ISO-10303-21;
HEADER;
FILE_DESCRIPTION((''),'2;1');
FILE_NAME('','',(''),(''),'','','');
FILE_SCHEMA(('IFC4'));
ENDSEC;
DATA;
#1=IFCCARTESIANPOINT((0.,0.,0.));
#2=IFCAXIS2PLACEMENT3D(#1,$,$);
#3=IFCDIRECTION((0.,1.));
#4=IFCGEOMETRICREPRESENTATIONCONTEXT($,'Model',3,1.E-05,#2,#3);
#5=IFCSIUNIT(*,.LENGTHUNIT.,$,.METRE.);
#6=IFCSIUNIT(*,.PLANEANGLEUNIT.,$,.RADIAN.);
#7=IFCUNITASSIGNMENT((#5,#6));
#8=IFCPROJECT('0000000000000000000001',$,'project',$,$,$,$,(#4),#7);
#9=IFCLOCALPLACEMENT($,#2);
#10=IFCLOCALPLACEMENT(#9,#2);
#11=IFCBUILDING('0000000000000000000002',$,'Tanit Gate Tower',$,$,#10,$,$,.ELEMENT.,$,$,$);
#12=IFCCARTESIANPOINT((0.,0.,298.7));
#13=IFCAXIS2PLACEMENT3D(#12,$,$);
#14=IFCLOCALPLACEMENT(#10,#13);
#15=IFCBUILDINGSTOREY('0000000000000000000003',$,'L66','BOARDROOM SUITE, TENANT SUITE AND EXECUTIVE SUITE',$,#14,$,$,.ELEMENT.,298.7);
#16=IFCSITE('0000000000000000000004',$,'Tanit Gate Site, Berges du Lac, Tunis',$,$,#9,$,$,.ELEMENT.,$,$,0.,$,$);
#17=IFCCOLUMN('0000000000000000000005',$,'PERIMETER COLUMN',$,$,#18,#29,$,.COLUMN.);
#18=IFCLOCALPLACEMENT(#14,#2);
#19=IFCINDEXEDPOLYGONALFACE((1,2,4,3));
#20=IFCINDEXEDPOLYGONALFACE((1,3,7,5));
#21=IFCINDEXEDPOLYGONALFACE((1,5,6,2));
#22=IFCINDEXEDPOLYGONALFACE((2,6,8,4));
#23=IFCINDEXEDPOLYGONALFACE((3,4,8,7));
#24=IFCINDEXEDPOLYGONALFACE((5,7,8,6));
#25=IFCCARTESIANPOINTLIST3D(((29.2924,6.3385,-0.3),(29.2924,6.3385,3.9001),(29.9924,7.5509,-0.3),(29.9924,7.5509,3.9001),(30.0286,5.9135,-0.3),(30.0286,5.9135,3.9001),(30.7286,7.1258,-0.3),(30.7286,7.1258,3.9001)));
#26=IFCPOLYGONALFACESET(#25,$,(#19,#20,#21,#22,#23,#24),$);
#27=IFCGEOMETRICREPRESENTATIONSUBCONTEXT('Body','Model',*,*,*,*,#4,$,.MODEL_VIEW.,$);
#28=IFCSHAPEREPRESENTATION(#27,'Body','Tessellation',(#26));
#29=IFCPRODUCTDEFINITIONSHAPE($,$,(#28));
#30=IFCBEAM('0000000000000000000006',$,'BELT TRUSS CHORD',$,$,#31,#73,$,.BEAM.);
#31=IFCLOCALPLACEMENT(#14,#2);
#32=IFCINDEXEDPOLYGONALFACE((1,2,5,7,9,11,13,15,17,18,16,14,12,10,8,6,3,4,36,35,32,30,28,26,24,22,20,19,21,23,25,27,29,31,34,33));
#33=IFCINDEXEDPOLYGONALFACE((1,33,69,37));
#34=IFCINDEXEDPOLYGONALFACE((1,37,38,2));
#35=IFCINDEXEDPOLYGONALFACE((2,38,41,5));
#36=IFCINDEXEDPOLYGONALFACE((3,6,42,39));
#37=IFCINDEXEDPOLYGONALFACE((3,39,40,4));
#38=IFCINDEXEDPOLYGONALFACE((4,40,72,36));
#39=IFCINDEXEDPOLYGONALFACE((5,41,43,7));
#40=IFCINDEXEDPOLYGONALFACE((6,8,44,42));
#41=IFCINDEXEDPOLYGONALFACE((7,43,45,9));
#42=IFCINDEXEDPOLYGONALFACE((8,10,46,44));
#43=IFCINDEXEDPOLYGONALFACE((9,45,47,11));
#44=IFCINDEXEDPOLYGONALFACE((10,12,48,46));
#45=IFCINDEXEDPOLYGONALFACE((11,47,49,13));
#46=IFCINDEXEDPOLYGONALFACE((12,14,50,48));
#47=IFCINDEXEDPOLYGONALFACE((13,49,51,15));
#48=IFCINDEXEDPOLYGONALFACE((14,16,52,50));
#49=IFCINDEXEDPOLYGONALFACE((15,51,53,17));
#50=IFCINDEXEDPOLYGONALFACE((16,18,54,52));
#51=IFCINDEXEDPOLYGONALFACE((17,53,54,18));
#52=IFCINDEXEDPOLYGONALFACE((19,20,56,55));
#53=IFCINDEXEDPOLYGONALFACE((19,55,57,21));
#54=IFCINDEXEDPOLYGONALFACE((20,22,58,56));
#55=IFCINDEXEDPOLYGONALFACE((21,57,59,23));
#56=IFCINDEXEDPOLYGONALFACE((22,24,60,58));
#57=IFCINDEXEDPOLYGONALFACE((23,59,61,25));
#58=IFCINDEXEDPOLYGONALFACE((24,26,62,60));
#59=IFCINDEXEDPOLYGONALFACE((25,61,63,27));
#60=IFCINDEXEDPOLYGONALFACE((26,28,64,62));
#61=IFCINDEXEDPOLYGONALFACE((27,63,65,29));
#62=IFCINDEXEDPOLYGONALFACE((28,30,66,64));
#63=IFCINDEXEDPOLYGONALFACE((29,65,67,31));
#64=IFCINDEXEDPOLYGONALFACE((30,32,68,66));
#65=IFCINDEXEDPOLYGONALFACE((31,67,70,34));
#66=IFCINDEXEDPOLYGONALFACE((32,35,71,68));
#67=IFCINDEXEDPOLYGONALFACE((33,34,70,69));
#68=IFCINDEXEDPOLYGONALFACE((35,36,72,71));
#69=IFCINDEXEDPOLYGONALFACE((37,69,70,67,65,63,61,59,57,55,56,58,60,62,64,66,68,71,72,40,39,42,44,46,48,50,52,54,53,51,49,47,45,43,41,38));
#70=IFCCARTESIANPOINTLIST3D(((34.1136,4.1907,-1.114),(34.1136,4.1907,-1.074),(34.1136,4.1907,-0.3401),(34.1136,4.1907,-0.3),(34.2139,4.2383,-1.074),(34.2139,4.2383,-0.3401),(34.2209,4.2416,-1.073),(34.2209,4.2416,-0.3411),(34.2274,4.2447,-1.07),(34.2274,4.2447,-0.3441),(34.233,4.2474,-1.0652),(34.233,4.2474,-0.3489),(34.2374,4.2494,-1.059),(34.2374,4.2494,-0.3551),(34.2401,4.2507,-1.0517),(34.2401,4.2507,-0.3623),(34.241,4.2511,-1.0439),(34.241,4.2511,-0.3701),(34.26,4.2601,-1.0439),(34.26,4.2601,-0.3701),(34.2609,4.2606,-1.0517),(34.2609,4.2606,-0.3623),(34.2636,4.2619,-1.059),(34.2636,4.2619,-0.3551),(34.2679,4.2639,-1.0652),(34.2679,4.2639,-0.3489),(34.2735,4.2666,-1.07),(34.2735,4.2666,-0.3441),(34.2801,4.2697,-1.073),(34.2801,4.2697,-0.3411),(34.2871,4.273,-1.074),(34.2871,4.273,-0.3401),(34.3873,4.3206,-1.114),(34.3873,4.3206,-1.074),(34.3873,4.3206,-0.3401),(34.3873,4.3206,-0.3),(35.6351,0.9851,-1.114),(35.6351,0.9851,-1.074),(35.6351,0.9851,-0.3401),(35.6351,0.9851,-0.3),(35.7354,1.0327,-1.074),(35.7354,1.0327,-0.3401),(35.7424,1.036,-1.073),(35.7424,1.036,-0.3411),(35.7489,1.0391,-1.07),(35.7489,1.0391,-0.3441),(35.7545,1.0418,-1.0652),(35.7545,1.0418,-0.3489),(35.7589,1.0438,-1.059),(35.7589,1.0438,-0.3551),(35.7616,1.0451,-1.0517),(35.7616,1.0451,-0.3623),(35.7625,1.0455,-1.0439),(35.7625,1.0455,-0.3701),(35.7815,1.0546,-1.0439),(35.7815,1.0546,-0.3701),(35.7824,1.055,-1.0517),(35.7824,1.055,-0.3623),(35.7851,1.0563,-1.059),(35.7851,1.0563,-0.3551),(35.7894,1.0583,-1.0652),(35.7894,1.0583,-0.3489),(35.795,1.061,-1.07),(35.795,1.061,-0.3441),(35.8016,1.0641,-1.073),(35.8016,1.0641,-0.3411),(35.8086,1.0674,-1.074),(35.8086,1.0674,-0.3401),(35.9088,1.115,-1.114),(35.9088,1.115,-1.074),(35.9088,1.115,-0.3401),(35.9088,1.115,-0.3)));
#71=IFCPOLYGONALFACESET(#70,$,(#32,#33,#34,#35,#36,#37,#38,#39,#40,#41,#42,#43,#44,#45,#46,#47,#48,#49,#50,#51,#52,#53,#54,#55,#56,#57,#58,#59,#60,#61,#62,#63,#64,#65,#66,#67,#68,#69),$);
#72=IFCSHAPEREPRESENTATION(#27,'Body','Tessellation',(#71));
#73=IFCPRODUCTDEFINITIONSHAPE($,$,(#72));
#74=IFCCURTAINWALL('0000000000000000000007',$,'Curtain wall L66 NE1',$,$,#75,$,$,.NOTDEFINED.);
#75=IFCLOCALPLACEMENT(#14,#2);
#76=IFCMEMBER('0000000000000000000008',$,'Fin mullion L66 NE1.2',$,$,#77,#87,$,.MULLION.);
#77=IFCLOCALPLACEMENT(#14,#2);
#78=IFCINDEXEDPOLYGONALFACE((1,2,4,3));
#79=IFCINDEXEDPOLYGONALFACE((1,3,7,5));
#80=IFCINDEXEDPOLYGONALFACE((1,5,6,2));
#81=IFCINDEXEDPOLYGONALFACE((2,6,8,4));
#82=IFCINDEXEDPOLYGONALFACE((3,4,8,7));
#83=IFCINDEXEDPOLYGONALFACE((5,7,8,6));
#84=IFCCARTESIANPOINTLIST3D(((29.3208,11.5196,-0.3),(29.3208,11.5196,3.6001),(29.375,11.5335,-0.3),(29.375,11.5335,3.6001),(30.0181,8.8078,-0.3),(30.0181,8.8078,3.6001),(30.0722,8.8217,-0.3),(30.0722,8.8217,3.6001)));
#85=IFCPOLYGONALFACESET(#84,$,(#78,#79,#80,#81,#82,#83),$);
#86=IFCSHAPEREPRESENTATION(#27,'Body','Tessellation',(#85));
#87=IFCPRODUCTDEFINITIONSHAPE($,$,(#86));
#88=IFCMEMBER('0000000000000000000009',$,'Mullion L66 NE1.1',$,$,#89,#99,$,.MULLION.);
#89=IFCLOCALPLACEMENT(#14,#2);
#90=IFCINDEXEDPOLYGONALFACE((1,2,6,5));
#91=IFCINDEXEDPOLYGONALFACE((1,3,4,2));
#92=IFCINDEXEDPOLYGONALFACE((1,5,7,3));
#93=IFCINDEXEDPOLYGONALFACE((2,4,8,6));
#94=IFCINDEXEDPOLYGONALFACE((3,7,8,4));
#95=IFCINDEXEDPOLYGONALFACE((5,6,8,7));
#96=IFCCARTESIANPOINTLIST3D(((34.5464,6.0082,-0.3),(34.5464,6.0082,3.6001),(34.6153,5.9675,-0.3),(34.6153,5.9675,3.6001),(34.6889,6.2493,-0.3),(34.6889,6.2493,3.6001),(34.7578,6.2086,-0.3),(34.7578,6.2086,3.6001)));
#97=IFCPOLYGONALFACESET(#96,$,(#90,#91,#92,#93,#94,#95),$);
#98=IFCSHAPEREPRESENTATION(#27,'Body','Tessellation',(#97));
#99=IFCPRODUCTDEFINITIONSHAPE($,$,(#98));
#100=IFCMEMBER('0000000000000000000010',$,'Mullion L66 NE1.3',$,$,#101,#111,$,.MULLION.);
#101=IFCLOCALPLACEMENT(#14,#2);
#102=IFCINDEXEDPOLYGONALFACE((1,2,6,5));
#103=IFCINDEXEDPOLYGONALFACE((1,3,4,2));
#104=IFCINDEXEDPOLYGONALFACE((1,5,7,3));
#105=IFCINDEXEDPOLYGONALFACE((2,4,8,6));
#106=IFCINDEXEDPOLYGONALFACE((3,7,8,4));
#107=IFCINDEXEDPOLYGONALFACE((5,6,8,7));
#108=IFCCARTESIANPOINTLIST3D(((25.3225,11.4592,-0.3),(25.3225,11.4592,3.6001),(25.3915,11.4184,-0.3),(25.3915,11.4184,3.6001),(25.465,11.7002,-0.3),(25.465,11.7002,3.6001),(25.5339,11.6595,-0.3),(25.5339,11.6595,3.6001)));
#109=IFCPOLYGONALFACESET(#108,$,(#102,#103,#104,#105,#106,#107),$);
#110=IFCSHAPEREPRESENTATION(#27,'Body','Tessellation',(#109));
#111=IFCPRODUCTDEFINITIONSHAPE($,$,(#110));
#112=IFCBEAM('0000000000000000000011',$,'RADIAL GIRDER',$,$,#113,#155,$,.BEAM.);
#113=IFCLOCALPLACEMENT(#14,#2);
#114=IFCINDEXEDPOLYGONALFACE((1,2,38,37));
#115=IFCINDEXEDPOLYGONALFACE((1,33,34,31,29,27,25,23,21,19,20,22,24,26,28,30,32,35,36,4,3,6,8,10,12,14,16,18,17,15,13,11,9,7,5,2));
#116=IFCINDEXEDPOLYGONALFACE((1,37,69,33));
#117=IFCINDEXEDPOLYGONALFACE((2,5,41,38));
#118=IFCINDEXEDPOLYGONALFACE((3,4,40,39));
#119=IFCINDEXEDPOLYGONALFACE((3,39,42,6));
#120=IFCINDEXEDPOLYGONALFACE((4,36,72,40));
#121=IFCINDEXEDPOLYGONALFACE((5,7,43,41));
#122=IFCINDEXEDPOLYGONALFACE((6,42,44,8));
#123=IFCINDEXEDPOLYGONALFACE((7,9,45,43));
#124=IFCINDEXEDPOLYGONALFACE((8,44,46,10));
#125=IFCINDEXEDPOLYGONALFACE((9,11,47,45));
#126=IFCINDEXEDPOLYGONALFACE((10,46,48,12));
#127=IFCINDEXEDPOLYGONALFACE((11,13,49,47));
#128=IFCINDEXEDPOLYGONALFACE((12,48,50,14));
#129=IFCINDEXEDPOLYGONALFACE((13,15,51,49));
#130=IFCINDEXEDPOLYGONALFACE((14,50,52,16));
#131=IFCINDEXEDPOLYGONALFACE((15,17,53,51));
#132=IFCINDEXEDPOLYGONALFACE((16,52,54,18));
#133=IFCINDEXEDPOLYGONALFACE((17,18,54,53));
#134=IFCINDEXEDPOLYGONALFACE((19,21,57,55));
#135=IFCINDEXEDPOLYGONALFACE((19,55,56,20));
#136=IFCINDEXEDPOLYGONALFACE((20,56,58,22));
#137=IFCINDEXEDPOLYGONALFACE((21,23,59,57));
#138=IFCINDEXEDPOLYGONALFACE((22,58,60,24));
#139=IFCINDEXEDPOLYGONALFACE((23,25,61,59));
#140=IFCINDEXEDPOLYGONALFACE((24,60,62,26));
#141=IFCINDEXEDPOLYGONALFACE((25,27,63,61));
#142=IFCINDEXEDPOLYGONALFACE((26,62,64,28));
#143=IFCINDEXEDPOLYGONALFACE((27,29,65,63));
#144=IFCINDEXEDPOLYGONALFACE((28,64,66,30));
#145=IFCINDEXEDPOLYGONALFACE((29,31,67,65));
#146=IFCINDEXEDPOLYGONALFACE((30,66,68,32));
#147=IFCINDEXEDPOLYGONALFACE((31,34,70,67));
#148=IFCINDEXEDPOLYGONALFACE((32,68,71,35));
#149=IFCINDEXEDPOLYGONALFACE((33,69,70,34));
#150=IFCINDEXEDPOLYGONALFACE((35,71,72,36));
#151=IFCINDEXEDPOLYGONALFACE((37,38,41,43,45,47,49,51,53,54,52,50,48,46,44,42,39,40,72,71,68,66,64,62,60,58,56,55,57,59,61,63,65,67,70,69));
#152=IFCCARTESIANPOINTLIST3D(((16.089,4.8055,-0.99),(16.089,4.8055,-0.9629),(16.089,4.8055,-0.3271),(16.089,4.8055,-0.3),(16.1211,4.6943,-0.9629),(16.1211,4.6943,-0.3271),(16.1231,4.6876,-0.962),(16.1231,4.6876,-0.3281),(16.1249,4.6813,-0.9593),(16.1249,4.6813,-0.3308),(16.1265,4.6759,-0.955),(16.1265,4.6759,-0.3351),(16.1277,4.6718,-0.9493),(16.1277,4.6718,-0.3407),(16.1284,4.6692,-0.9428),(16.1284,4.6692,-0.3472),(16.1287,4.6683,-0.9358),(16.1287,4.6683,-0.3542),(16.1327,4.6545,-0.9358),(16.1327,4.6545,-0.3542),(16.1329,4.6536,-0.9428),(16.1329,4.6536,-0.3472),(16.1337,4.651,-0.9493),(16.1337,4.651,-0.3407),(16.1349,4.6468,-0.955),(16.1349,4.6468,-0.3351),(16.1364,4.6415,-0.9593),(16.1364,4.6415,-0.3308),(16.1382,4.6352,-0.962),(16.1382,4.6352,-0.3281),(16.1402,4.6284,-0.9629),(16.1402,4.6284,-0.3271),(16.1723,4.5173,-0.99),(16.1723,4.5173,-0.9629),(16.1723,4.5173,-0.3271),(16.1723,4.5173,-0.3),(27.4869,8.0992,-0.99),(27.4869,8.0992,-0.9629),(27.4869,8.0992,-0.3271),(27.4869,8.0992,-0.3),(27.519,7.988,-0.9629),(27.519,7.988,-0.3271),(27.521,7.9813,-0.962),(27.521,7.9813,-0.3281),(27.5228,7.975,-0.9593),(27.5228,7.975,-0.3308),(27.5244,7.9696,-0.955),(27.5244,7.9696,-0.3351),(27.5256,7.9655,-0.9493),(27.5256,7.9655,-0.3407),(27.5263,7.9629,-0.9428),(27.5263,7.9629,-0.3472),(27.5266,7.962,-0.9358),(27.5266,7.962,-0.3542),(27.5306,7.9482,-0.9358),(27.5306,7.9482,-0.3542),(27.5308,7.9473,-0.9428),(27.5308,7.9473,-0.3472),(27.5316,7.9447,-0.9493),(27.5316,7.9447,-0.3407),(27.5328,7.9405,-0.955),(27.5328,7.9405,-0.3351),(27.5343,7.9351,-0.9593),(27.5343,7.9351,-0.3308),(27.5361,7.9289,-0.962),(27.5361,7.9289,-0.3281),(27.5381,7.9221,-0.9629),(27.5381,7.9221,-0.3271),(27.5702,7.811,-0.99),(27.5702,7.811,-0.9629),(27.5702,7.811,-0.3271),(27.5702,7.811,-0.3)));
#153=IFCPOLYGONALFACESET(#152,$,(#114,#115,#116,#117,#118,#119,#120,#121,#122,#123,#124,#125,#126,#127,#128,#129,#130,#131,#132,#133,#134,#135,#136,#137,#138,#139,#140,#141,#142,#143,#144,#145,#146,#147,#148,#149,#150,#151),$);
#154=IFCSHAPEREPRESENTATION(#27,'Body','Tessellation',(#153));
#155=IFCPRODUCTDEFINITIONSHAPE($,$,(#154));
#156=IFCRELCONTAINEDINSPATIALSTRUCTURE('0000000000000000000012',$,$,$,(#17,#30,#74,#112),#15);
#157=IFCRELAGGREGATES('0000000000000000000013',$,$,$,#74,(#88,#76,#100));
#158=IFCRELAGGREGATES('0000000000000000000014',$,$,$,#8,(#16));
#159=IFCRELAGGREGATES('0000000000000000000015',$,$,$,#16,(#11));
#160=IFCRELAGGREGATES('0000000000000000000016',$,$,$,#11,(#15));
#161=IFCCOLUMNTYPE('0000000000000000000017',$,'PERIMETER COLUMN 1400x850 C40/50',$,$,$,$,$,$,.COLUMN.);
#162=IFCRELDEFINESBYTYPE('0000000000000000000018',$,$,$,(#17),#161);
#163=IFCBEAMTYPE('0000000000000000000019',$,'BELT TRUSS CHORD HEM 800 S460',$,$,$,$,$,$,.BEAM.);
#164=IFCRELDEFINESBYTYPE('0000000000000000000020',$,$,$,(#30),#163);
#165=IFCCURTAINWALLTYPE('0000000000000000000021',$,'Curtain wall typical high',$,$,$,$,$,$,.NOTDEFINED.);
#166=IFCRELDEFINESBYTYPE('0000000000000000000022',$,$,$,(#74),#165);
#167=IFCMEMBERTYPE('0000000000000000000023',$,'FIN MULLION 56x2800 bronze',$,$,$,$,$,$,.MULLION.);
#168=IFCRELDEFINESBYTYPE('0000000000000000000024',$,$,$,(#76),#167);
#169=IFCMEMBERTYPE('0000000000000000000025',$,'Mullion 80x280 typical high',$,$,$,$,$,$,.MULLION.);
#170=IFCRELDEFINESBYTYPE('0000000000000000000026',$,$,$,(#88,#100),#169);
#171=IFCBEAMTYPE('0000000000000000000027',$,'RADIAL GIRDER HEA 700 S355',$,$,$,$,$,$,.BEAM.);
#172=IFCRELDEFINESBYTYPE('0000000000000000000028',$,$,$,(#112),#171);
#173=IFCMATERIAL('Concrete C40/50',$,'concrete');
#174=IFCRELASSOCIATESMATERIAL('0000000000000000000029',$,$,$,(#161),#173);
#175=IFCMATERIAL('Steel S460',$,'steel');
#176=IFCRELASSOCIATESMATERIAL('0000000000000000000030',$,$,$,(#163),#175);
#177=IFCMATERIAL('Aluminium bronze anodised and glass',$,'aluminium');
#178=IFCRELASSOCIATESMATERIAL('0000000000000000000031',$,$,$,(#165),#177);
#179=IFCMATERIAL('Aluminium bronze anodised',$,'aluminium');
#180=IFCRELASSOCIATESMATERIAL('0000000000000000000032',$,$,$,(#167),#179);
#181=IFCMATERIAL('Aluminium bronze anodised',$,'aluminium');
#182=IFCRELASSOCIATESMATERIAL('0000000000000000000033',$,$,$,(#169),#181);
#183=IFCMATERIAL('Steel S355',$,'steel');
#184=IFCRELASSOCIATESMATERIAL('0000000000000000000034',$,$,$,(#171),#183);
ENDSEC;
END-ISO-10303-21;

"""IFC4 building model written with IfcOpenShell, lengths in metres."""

from ifc_helpers import new_model, si_unit, direction, frame, origin, origin_2d, place, context, subcontext, project, spatial, rectangle, i_section, extrude, material, material_profile, profile_set, type_object, element, aggregate, save


model = new_model("IFC4")

# Units and contexts
model_context = context("Model", 3, precision=1e-05, world=origin(), true_north=direction((0.0, 1.0)))
body_context = subcontext(model_context, "Body", "Model", "MODEL_VIEW")
ifc_project = project(units=[si_unit("LENGTHUNIT", "METRE"), si_unit("PLANEANGLEUNIT", "RADIAN")], contexts=[model_context])

# Site, building, storey
site_placement = place(None, origin())
site = spatial("IfcSite", under=ifc_project, at=site_placement, Name="Tanit Gate Site, Berges du Lac, Tunis", CompositionType="ELEMENT", RefElevation=0.0)
building_placement = place(site_placement, origin())
building = spatial("IfcBuilding", under=site, at=building_placement, Name="Tanit Gate Tower", CompositionType="ELEMENT")
storey_placement = place(building_placement, frame((0.0, 0.0, 298.7)))
storey = spatial("IfcBuildingStorey", under=building, at=storey_placement, Name="L66", Description="BOARDROOM SUITE, TENANT SUITE AND EXECUTIVE SUITE", CompositionType="ELEMENT", Elevation=298.7)

# Column
ifc_material_1 = material(Name="Concrete C40/50", Category="concrete")
ifc_material_profile_1 = material_profile(ifc_material_1, rectangle(XDim=1.3999, YDim=0.8501, at=origin_2d()), Name="RC 1400x850")
ifc_profile_set_1 = profile_set([ifc_material_profile_1], Name="Concrete C40/50")
column_type = type_object("IfcColumnType", Name="PERIMETER COLUMN 1400x850 C40/50", PredefinedType="COLUMN", material=ifc_profile_set_1)
column_placement = place(storey_placement, frame((30.0105, 6.7322, -0.3), z_axis=(0.0, 0.0, 1.0), x_axis=(0.5, 0.866025, 0.0)))
element("IfcColumn", 1, at=column_placement, inside=storey, type_object=column_type, Name="PERIMETER COLUMN", PredefinedType="COLUMN", context=body_context, shape_type="SweptSolid", body=[
    extrude(rectangle(XDim=1.3999, YDim=0.8501, at=origin_2d()), origin(), (0.0, 0.0, 1.0), 4.2002),
])

# Beam
ifc_material_2 = material(Name="Steel S460", Category="steel")
ifc_material_profile_2 = material_profile(ifc_material_2, i_section(OverallWidth=0.303, OverallDepth=0.814, WebThickness=0.021, FlangeThickness=0.04, FilletRadius=0.03, at=origin_2d()), Name="HEM 800")
ifc_profile_set_2 = profile_set([ifc_material_profile_2], Name="Steel S460")
beam_type_1 = type_object("IfcBeamType", Name="BELT TRUSS CHORD HEM 800 S460", PredefinedType="BEAM", material=ifc_profile_set_2)
beam_1_placement = place(storey_placement, frame((35.772, 1.05, -0.707), z_axis=(-0.42879, 0.903404, 0.0), x_axis=(-0.903404, -0.42879, 0.0)))
element("IfcBeam", 2, at=beam_1_placement, inside=storey, type_object=beam_type_1, Name="BELT TRUSS CHORD", PredefinedType="BEAM", context=body_context, shape_type="SweptSolid", body=[
    extrude(i_section(OverallWidth=0.303, OverallDepth=0.814, WebThickness=0.021, FlangeThickness=0.04, FilletRadius=0.03, at=origin_2d()), origin(), (0.0, 0.0, 1.0), 3.5483),
])

# Curtain wall, members
ifc_material_3 = material(Name="Aluminium bronze anodised and glass", Category="aluminium")
curtain_wall_type = type_object("IfcCurtainWallType", Name="Curtain wall typical high", PredefinedType="NOTDEFINED", material=ifc_material_3)
curtain_wall_placement = place(storey_placement, origin())
curtain_wall = element("IfcCurtainWall", 3, at=curtain_wall_placement, inside=storey, type_object=curtain_wall_type, Name="Curtain wall L66 NE1", PredefinedType="NOTDEFINED")
ifc_material_4 = material(Name="Aluminium bronze anodised", Category="aluminium")
ifc_material_profile_3 = material_profile(ifc_material_4, rectangle(XDim=2.8, YDim=0.0559, at=origin_2d()), Name="56x2800 bronze fin mullion")
ifc_profile_set_3 = profile_set([ifc_material_profile_3], Name="Aluminium bronze anodised")
member_type_1 = type_object("IfcMemberType", Name="FIN MULLION 56x2800 bronze", PredefinedType="MULLION", material=ifc_profile_set_3)
member_1_placement = place(storey_placement, frame((29.6965, 10.1707, -0.3), z_axis=(0.0, 0.0, 1.0), x_axis=(0.249006, -0.968502, 0.0)))
member_1 = element("IfcMember", 4, at=member_1_placement, type_object=member_type_1, Name="Fin mullion L66 NE1.2", PredefinedType="MULLION", context=body_context, shape_type="SweptSolid", body=[
    extrude(rectangle(XDim=2.8, YDim=0.0559, at=origin_2d()), origin(), (0.0, 0.0, 1.0), 3.9001),
])
ifc_material_5 = material(Name="Aluminium bronze anodised", Category="aluminium")
ifc_material_profile_4 = material_profile(ifc_material_5, rectangle(XDim=0.28, YDim=0.0801, at=origin_2d()), Name="80x280 bronze mullion")
ifc_profile_set_4 = profile_set([ifc_material_profile_4], Name="Aluminium bronze anodised")
member_type_2 = type_object("IfcMemberType", Name="Mullion 80x280 typical high", PredefinedType="MULLION", material=ifc_profile_set_4)
member_2_placement = place(storey_placement, frame((34.6521, 6.1084, -0.3), z_axis=(0.0, 0.0, 1.0), x_axis=(-0.508761, -0.860908, 0.0)))
member_2 = element("IfcMember", 5, at=member_2_placement, type_object=member_type_2, Name="Mullion L66 NE1.1", PredefinedType="MULLION", context=body_context, shape_type="SweptSolid", body=[
    extrude(rectangle(XDim=0.28, YDim=0.0801, at=origin_2d()), origin(), (0.0, 0.0, 1.0), 3.9001),
])
member_3_placement = place(storey_placement, frame((25.4282, 11.5593, -0.3), z_axis=(0.0, 0.0, 1.0), x_axis=(-0.508761, -0.860908, 0.0)))
member_3 = element("IfcMember", 6, at=member_3_placement, type_object=member_type_2, Name="Mullion L66 NE1.3", PredefinedType="MULLION", context=body_context, shape_type="SweptSolid", body=[
    extrude(rectangle(XDim=0.28, YDim=0.0801, at=origin_2d()), origin(), (0.0, 0.0, 1.0), 3.9001),
])

# Beam
ifc_material_6 = material(Name="Steel S355", Category="steel")
ifc_material_profile_5 = material_profile(ifc_material_6, i_section(OverallWidth=0.3, OverallDepth=0.6899, WebThickness=0.0144, FlangeThickness=0.0271, FilletRadius=0.0271, at=origin_2d()), Name="HEA 700")
ifc_profile_set_5 = profile_set([ifc_material_profile_5], Name="Steel S355")
beam_type_2 = type_object("IfcBeamType", Name="RADIAL GIRDER HEA 700 S355", PredefinedType="BEAM", material=ifc_profile_set_5)
beam_2_placement = place(storey_placement, frame((27.5286, 7.9551, -0.645), z_axis=(-0.960693, -0.277614, 0.0), x_axis=(0.277614, -0.960693, 0.0)))
element("IfcBeam", 7, at=beam_2_placement, inside=storey, type_object=beam_type_2, Name="RADIAL GIRDER", PredefinedType="BEAM", context=body_context, shape_type="SweptSolid", body=[
    extrude(i_section(OverallWidth=0.3, OverallDepth=0.6899, WebThickness=0.0144, FlangeThickness=0.0271, FilletRadius=0.0271, at=origin_2d()), origin(), (0.0, 0.0, 1.0), 11.8643),
])

aggregate(curtain_wall, [member_2, member_1, member_3])

save(model, "model.ifc")
